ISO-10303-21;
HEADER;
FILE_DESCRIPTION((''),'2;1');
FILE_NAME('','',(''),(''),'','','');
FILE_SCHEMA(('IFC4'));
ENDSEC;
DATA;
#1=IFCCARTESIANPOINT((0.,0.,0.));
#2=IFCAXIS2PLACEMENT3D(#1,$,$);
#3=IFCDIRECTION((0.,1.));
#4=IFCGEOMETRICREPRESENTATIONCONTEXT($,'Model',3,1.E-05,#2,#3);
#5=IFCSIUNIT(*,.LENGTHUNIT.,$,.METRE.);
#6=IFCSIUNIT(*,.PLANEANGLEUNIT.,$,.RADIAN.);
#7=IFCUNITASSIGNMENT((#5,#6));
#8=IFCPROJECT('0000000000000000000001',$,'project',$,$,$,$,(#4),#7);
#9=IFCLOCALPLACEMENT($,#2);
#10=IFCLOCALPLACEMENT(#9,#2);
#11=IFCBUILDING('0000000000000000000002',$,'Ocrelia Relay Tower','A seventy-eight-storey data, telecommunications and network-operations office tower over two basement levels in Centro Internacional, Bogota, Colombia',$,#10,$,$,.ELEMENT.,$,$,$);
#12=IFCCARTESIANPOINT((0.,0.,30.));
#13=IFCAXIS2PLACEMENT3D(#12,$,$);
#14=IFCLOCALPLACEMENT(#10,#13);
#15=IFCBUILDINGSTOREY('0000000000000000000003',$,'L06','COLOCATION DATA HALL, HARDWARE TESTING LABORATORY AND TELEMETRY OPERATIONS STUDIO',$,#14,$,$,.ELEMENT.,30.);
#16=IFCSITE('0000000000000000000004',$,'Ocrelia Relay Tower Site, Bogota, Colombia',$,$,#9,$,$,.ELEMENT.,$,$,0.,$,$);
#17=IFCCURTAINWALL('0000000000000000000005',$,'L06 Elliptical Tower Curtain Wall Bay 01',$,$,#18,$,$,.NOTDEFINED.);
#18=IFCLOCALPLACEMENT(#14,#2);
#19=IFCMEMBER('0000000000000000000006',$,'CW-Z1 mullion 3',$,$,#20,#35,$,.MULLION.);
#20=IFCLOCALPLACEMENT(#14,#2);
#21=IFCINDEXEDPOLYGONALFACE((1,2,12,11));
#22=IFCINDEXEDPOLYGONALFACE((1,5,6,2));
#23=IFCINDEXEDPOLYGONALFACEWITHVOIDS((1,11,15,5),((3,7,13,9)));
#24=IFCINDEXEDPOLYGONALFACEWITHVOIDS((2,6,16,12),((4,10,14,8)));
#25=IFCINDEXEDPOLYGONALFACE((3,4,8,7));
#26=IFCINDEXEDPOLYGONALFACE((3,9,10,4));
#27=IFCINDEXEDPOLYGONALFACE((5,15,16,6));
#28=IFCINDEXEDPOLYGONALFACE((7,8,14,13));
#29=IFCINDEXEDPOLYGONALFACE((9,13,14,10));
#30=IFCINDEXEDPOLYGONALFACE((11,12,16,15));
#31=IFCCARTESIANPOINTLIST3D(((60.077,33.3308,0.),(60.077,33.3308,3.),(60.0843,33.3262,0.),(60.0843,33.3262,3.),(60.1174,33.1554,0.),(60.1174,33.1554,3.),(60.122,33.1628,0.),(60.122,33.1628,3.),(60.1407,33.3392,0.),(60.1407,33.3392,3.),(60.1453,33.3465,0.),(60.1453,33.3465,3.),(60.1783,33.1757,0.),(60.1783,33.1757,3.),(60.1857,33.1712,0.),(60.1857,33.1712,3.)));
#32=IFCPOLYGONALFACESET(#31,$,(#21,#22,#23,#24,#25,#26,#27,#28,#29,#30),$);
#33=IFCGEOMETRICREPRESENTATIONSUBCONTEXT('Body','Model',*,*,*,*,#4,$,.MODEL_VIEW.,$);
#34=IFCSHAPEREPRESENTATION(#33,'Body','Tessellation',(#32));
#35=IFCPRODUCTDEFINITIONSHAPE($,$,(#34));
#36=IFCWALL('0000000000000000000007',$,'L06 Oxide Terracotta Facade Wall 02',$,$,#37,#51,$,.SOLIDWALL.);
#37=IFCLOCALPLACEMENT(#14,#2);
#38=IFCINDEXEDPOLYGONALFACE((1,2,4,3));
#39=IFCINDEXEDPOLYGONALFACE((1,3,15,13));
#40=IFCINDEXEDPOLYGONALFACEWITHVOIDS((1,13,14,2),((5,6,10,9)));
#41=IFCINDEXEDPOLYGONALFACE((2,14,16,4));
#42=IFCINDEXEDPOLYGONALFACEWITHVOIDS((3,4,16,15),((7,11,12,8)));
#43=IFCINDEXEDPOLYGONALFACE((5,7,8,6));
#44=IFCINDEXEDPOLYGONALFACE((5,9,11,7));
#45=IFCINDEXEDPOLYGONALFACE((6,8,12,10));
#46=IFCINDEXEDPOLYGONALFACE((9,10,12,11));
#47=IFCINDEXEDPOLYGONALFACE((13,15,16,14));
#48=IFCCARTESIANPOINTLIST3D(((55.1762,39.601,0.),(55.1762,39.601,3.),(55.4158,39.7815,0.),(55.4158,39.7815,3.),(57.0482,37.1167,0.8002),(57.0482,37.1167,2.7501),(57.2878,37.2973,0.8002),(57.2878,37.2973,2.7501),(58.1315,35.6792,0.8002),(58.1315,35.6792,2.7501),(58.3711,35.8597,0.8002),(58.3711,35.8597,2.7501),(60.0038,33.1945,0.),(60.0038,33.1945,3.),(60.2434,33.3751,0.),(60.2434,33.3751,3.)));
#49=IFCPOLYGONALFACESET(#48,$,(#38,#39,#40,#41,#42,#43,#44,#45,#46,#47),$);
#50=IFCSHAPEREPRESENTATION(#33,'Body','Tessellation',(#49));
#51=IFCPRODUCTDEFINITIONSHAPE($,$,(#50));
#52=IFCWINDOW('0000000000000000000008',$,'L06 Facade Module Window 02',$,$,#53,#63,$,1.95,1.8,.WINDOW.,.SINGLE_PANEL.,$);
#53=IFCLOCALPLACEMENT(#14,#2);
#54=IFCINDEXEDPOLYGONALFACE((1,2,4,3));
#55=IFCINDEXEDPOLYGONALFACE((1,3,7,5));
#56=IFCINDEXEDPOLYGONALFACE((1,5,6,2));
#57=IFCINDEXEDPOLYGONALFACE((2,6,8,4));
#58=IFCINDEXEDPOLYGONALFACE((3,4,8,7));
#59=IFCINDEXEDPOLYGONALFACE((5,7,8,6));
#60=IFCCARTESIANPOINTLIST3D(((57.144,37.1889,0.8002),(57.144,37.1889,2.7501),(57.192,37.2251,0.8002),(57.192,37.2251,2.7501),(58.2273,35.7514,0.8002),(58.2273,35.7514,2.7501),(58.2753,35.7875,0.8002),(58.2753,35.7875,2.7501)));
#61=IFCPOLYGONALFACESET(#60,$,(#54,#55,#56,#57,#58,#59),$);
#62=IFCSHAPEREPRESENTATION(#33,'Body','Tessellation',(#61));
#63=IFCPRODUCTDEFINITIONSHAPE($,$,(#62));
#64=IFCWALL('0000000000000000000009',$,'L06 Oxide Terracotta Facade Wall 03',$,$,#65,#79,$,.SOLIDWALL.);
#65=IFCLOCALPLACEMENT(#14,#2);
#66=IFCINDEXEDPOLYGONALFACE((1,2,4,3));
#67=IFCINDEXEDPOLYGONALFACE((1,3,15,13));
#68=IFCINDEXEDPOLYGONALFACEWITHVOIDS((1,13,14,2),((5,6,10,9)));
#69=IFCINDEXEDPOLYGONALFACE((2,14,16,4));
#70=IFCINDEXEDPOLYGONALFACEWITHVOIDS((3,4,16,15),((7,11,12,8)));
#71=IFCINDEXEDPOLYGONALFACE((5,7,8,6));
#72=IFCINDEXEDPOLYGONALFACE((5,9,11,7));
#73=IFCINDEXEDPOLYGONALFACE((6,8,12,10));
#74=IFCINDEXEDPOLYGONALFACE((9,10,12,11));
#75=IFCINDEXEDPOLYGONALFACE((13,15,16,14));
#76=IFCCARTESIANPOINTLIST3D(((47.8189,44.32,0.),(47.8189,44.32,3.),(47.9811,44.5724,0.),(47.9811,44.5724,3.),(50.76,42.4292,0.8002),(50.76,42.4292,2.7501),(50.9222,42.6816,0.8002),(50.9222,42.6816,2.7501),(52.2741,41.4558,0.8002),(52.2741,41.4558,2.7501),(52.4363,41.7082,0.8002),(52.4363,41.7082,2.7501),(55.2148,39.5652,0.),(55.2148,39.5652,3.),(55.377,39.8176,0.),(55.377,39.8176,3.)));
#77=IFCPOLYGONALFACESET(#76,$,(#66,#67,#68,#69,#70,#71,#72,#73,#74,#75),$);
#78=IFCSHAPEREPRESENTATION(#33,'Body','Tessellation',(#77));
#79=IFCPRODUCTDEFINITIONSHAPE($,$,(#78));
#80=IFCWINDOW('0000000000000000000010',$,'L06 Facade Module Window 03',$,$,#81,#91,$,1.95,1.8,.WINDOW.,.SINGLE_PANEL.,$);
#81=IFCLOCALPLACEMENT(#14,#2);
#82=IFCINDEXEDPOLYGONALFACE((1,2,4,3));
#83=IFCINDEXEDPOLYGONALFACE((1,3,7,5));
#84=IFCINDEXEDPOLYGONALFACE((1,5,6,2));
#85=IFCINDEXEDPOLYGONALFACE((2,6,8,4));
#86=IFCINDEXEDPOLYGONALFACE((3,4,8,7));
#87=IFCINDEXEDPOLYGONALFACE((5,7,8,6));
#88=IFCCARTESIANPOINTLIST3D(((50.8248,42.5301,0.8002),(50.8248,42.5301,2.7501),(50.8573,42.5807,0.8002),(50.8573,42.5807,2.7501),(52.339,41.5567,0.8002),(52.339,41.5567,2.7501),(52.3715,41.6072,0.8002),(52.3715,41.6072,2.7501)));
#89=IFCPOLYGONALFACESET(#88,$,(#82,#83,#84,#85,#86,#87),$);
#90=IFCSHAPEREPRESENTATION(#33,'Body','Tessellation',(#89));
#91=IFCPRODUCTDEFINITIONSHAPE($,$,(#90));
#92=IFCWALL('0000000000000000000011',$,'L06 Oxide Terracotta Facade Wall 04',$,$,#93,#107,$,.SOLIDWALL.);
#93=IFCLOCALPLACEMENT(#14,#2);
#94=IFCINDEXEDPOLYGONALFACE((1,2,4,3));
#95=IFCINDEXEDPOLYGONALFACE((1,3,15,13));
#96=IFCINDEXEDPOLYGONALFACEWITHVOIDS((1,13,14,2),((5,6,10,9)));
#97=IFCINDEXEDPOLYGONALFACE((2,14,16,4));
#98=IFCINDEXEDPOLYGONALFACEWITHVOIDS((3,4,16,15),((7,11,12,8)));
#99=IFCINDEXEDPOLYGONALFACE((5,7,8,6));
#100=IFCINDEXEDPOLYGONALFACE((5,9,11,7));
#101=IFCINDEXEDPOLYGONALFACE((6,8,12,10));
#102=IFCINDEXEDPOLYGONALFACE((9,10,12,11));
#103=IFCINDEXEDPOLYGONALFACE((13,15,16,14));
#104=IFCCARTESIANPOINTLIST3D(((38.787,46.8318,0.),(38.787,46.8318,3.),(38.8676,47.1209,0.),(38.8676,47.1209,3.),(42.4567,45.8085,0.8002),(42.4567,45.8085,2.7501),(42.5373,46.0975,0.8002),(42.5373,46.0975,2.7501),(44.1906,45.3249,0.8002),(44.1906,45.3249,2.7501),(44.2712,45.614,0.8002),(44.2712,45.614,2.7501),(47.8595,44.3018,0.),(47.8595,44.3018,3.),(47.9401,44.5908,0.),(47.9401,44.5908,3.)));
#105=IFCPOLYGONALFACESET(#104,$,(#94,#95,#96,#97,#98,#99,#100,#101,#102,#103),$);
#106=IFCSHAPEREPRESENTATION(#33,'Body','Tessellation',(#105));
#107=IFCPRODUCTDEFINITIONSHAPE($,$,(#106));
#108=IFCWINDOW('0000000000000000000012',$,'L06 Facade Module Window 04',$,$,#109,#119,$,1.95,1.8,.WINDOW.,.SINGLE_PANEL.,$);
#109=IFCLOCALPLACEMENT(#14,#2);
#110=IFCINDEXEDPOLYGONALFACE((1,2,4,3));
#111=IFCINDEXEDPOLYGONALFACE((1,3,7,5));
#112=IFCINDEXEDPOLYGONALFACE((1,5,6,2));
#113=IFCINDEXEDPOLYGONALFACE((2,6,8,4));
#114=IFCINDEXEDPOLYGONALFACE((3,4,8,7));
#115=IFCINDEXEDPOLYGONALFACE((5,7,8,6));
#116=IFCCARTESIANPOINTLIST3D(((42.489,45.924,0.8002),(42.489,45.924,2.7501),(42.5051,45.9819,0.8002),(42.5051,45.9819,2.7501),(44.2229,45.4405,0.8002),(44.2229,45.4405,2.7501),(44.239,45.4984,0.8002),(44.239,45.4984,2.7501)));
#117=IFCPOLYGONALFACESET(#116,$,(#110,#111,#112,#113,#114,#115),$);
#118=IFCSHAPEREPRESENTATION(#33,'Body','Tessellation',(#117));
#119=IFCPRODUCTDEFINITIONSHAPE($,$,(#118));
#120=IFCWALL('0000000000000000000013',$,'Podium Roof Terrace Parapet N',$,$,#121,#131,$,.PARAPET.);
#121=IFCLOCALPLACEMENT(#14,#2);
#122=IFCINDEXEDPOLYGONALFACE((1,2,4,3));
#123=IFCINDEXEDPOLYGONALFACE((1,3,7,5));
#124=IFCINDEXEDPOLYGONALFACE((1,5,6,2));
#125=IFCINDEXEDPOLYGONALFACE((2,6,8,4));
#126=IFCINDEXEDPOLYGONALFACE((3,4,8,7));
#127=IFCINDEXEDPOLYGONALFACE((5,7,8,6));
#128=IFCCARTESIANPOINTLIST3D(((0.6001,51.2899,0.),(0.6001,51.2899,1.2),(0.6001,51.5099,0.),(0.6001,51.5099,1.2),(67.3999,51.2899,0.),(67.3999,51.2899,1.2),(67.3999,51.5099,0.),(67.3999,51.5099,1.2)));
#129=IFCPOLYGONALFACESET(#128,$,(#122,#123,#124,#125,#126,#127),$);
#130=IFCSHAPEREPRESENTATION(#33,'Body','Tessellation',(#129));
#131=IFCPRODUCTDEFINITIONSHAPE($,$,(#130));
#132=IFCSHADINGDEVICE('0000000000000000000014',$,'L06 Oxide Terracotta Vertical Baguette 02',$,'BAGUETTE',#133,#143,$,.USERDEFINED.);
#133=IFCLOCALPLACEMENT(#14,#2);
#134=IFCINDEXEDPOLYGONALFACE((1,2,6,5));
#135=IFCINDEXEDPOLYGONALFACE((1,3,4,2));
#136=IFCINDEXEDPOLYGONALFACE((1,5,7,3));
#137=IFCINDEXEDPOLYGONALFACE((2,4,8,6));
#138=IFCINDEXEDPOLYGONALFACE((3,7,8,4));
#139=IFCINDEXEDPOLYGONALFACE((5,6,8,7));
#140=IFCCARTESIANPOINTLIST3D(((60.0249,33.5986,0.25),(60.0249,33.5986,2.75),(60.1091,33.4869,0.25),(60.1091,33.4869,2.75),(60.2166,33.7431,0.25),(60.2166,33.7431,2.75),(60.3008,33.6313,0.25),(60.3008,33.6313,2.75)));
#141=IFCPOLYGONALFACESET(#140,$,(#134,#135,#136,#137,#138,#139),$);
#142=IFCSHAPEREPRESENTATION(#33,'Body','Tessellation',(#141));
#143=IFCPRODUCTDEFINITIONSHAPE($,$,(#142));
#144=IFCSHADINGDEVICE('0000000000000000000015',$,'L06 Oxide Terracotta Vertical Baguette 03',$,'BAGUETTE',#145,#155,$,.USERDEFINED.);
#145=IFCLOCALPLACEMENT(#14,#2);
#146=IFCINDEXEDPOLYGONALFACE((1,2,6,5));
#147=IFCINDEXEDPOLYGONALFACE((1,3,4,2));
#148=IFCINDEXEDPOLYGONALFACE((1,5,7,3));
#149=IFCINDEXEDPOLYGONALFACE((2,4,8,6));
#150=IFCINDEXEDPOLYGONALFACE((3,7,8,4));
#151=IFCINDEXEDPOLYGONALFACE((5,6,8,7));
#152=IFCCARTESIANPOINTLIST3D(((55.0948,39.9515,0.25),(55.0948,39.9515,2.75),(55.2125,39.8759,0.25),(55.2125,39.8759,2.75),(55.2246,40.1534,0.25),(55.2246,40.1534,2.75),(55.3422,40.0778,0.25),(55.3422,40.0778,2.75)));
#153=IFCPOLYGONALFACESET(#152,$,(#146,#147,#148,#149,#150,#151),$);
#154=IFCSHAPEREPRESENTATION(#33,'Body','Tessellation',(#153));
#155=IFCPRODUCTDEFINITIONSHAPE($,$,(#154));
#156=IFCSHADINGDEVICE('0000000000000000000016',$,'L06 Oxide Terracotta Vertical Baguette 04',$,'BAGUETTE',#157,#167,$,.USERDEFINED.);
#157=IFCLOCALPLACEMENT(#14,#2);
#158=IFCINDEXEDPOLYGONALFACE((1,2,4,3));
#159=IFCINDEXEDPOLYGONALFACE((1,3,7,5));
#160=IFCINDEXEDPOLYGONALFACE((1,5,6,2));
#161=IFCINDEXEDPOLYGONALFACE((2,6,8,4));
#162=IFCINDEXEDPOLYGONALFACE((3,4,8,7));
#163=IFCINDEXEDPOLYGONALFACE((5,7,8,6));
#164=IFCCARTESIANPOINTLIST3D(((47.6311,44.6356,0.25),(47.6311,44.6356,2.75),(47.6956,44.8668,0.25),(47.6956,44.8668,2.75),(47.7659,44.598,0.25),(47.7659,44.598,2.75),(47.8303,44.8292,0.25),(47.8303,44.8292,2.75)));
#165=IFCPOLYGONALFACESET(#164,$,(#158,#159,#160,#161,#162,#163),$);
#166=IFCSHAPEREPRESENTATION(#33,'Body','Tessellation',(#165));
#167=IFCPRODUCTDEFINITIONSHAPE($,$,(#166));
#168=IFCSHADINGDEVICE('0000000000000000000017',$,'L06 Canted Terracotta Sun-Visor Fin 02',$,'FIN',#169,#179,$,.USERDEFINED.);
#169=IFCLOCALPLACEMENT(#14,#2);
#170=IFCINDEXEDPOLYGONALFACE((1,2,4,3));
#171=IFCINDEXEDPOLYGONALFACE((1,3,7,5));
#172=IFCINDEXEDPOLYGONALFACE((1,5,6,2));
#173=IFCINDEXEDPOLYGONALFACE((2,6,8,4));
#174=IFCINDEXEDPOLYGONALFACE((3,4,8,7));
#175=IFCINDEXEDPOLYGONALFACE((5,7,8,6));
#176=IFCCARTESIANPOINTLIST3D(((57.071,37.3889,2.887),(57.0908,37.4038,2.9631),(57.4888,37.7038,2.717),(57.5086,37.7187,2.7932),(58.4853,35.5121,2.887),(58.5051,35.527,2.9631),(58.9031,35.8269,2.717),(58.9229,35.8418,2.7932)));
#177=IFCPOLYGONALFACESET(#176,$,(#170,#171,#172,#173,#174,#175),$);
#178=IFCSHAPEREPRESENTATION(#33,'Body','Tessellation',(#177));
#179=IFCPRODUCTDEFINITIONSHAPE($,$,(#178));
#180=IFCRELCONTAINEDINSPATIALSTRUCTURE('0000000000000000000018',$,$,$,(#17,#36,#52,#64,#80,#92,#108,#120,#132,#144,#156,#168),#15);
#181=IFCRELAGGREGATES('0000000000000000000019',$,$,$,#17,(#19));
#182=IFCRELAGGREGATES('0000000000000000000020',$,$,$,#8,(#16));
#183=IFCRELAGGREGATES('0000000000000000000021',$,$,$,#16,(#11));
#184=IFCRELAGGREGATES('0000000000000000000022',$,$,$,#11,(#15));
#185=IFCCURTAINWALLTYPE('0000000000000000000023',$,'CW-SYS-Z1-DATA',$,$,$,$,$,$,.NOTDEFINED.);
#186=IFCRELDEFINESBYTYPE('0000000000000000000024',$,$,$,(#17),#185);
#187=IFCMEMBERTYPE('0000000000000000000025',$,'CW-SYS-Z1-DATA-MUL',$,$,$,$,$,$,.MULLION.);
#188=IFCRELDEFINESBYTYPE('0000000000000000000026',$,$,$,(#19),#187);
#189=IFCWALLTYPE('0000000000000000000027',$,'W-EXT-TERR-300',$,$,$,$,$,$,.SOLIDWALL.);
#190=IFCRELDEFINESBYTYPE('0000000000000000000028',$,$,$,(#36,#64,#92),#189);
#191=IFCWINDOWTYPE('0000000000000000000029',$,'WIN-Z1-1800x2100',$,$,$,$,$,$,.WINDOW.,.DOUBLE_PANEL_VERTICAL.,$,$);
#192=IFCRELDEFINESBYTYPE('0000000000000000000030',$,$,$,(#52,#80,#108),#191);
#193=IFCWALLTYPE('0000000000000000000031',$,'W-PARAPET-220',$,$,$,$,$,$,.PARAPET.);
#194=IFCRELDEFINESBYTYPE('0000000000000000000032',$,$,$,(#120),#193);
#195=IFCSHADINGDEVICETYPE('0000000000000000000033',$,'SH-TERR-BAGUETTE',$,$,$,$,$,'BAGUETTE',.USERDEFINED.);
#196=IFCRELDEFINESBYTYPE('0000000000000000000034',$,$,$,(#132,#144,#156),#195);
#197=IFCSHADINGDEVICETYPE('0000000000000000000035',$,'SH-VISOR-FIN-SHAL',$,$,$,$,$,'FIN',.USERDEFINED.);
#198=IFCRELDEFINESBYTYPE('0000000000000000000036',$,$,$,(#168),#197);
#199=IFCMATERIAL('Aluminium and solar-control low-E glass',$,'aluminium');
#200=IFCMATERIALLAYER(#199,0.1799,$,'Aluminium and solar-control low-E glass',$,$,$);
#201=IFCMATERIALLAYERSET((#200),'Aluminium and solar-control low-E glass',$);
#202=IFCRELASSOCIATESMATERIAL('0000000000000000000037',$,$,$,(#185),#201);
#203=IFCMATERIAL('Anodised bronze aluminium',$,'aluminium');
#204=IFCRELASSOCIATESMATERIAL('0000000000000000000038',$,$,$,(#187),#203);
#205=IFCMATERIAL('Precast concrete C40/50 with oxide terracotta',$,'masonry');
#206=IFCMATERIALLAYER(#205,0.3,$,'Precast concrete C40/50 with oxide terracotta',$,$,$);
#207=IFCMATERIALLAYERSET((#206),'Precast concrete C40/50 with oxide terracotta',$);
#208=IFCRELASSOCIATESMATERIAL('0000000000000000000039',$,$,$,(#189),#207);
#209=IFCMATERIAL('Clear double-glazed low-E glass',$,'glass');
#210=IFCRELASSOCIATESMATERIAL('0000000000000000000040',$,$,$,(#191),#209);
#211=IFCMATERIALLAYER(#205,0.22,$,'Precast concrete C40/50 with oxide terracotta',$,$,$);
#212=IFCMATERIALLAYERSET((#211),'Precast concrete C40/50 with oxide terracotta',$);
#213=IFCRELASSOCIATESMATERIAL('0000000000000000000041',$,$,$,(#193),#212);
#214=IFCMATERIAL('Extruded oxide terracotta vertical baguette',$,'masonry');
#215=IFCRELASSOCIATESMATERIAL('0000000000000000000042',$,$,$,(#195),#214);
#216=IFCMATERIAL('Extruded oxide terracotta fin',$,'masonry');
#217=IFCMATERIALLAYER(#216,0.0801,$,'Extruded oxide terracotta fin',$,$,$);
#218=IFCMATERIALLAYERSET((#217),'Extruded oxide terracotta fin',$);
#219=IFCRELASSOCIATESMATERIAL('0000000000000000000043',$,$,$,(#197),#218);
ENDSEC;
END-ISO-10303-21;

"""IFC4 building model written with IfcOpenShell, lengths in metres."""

from ifc_helpers import new_model, si_unit, direction, frame, frame_2d, origin, origin_2d, place, context, subcontext, project, spatial, rectangle, hollow_rectangle, extrude, material, layer, layer_set, material_profile, profile_set, type_object, element, fill, aggregate, save


model = new_model("IFC4")

# Units and contexts
model_context = context("Model", 3, precision=1e-05, world=origin(), true_north=direction((0.0, 1.0)))
body_context = subcontext(model_context, "Body", "Model", "MODEL_VIEW")
ifc_project = project(units=[si_unit("LENGTHUNIT", "METRE"), si_unit("PLANEANGLEUNIT", "RADIAN")], contexts=[model_context])

# Site, building, storey
site_placement = place(None, origin())
site = spatial("IfcSite", under=ifc_project, at=site_placement, Name="Ocrelia Relay Tower Site, Bogota, Colombia", CompositionType="ELEMENT", RefElevation=0.0)
building_placement = place(site_placement, origin())
building = spatial("IfcBuilding", under=site, at=building_placement, Name="Ocrelia Relay Tower", Description="A seventy-eight-storey data, telecommunications and network-operations office tower over two basement levels in Centro Internacional, Bogota, Colombia", CompositionType="ELEMENT")
storey_placement = place(building_placement, frame((0.0, 0.0, 30.0)))
storey = spatial("IfcBuildingStorey", under=building, at=storey_placement, Name="L06", Description="COLOCATION DATA HALL, HARDWARE TESTING LABORATORY AND TELEMETRY OPERATIONS STUDIO", CompositionType="ELEMENT", Elevation=30.0)

# Curtain wall, member
ifc_material_1 = material(Name="Aluminium and solar-control low-E glass", Category="aluminium")
ifc_layer_1 = layer(ifc_material_1, 0.1799, Name="Aluminium and solar-control low-E glass")
ifc_layer_set_1 = layer_set([ifc_layer_1], Name="Aluminium and solar-control low-E glass")
curtain_wall_type = type_object("IfcCurtainWallType", Name="CW-SYS-Z1-DATA", PredefinedType="NOTDEFINED", material=ifc_layer_set_1)
curtain_wall_placement = place(storey_placement, origin())
curtain_wall = element("IfcCurtainWall", 1, at=curtain_wall_placement, inside=storey, type_object=curtain_wall_type, Name="L06 Elliptical Tower Curtain Wall Bay 01", PredefinedType="NOTDEFINED")
ifc_material_2 = material(Name="Anodised bronze aluminium", Category="aluminium")
ifc_material_profile_1 = material_profile(ifc_material_2, hollow_rectangle(XDim=0.0701, YDim=0.1799, WallThickness=0.0061, at=origin_2d()), Name="CW-MUL-180x70")
ifc_profile_set_1 = profile_set([ifc_material_profile_1], Name="Anodised bronze aluminium")
member_type = type_object("IfcMemberType", Name="CW-SYS-Z1-DATA-MUL", PredefinedType="MULLION", material=ifc_profile_set_1)
member_placement = place(storey_placement, frame((60.1313, 33.251, 0.0), z_axis=(0.0, 0.0, 1.0), x_axis=(-0.974527, -0.224268, 0.0)))
member = element("IfcMember", 2, at=member_placement, type_object=member_type, Name="CW-Z1 mullion 3", PredefinedType="MULLION", context=body_context, shape_type="SweptSolid", body=[
    extrude(hollow_rectangle(XDim=0.0701, YDim=0.1799, WallThickness=0.0061, at=origin_2d()), origin(), (0.0, 0.0, 1.0), 3.0),
])
aggregate(curtain_wall, [member])

# Walls, openings, windows
ifc_material_3 = material(Name="Precast concrete C40/50 with oxide terracotta", Category="masonry")
ifc_layer_2 = layer(ifc_material_3, 0.3, Name="Precast concrete C40/50 with oxide terracotta")
ifc_layer_set_2 = layer_set([ifc_layer_2], Name="Precast concrete C40/50 with oxide terracotta")
wall_type_1 = type_object("IfcWallType", Name="W-EXT-TERR-300", PredefinedType="SOLIDWALL", material=ifc_layer_set_2)
wall_1_placement = place(storey_placement, frame((60.1235, 33.2849, 0.0), z_axis=(0.0, 0.0, 1.0), x_axis=(-0.601815, 0.798636, 0.0)))
wall_1 = element("IfcWall", 3, at=wall_1_placement, inside=storey, type_object=wall_type_1, Name="L06 Oxide Terracotta Facade Wall 02", PredefinedType="SOLIDWALL", context=body_context, shape_type="SweptSolid", body=[
    extrude(rectangle(XDim=8.0217, YDim=0.3, at=frame_2d((4.0107, 0.0))), origin(), (0.0, 0.0, 1.0), 3.0),
])
opening_1_placement = place(wall_1_placement, frame((3.1111, 0.0, 0.8)))
opening_1 = element("IfcOpeningElement", 4, at=opening_1_placement, cuts=wall_1, PredefinedType="OPENING", context=body_context, shape_type="SweptSolid", body=[
    extrude(rectangle(XDim=1.8, YDim=1.95, at=frame_2d((0.8999, 0.9751))), frame((0.0, 0.1602, 0.0), z_axis=(0.0, -1.0, 0.0), x_axis=(1.0, 0.0, 0.0)), (0.0, 0.0, 1.0), 0.3201),
])
ifc_material_4 = material(Name="Clear double-glazed low-E glass", Category="glass")
window_type = type_object("IfcWindowType", Name="WIN-Z1-1800x2100", PartitioningType="DOUBLE_PANEL_VERTICAL", PredefinedType="WINDOW", material=ifc_material_4)
window_1_placement = place(opening_1_placement, origin())
window_1 = element("IfcWindow", 5, at=window_1_placement, inside=storey, type_object=window_type, Name="L06 Facade Module Window 02", OverallHeight=1.95, OverallWidth=1.8, PartitioningType="SINGLE_PANEL", PredefinedType="WINDOW", context=body_context, shape_type="SweptSolid", body=[
    extrude(rectangle(XDim=1.8, YDim=1.95, at=frame_2d((0.8999, 0.9751))), frame((0.0, 0.03, 0.0), z_axis=(0.0, -1.0, 0.0), x_axis=(1.0, 0.0, 0.0)), (0.0, 0.0, 1.0), 0.0601),
])
fill(opening_1, window_1)
wall_2_placement = place(storey_placement, frame((55.2959, 39.6914, 0.0), z_axis=(0.0, 0.0, 1.0), x_axis=(-0.841162, 0.540783, 0.0)))
wall_2 = element("IfcWall", 6, at=wall_2_placement, inside=storey, type_object=wall_type_1, Name="L06 Oxide Terracotta Facade Wall 03", PredefinedType="SOLIDWALL", context=body_context, shape_type="SweptSolid", body=[
    extrude(rectangle(XDim=8.7925, YDim=0.3, at=frame_2d((4.3962, 0.0))), origin(), (0.0, 0.0, 1.0), 3.0),
])
opening_2_placement = place(wall_2_placement, frame((3.4961, 0.0, 0.8)))
opening_2 = element("IfcOpeningElement", 7, at=opening_2_placement, cuts=wall_2, PredefinedType="OPENING", context=body_context, shape_type="SweptSolid", body=[
    extrude(rectangle(XDim=1.8, YDim=1.95, at=frame_2d((0.8999, 0.9751))), frame((0.0, 0.1602, 0.0), z_axis=(0.0, -1.0, 0.0), x_axis=(1.0, 0.0, 0.0)), (0.0, 0.0, 1.0), 0.3201),
])
window_2_placement = place(opening_2_placement, origin())
window_2 = element("IfcWindow", 8, at=window_2_placement, inside=storey, type_object=window_type, Name="L06 Facade Module Window 03", OverallHeight=1.95, OverallWidth=1.8, PartitioningType="SINGLE_PANEL", PredefinedType="WINDOW", context=body_context, shape_type="SweptSolid", body=[
    extrude(rectangle(XDim=1.8, YDim=1.95, at=frame_2d((0.8999, 0.9751))), frame((0.0, 0.03, 0.0), z_axis=(0.0, -1.0, 0.0), x_axis=(1.0, 0.0, 0.0)), (0.0, 0.0, 1.0), 0.0601),
])
fill(opening_2, window_2)
wall_3_placement = place(storey_placement, frame((47.8999, 44.4463, 0.0), z_axis=(0.0, 0.0, 1.0), x_axis=(-0.963247, 0.268618, 0.0)))
wall_3 = element("IfcWall", 9, at=wall_3_placement, inside=storey, type_object=wall_type_1, Name="L06 Oxide Terracotta Facade Wall 04", PredefinedType="SOLIDWALL", context=body_context, shape_type="SweptSolid", body=[
    extrude(rectangle(XDim=9.4187, YDim=0.3, at=frame_2d((4.7095, 0.0))), origin(), (0.0, 0.0, 1.0), 3.0),
])
opening_3_placement = place(wall_3_placement, frame((3.8091, 0.0, 0.8)))
opening_3 = element("IfcOpeningElement", 10, at=opening_3_placement, cuts=wall_3, PredefinedType="OPENING", context=body_context, shape_type="SweptSolid", body=[
    extrude(rectangle(XDim=1.8, YDim=1.95, at=frame_2d((0.8999, 0.9751))), frame((0.0, 0.1602, 0.0), z_axis=(0.0, -1.0, 0.0), x_axis=(1.0, 0.0, 0.0)), (0.0, 0.0, 1.0), 0.3201),
])
window_3_placement = place(opening_3_placement, origin())
window_3 = element("IfcWindow", 11, at=window_3_placement, inside=storey, type_object=window_type, Name="L06 Facade Module Window 04", OverallHeight=1.95, OverallWidth=1.8, PartitioningType="SINGLE_PANEL", PredefinedType="WINDOW", context=body_context, shape_type="SweptSolid", body=[
    extrude(rectangle(XDim=1.8, YDim=1.95, at=frame_2d((0.8999, 0.9751))), frame((0.0, 0.03, 0.0), z_axis=(0.0, -1.0, 0.0), x_axis=(1.0, 0.0, 0.0)), (0.0, 0.0, 1.0), 0.0601),
])
fill(opening_3, window_3)

# Wall
ifc_layer_3 = layer(ifc_material_3, 0.22, Name="Precast concrete C40/50 with oxide terracotta")
ifc_layer_set_3 = layer_set([ifc_layer_3], Name="Precast concrete C40/50 with oxide terracotta")
wall_type_2 = type_object("IfcWallType", Name="W-PARAPET-220", PredefinedType="PARAPET", material=ifc_layer_set_3)
wall_4_placement = place(storey_placement, frame((67.3999, 51.3999, 0.0), z_axis=(0.0, 0.0, 1.0), x_axis=(-1.0, 0.0, 0.0)))
element("IfcWall", 12, at=wall_4_placement, inside=storey, type_object=wall_type_2, Name="Podium Roof Terrace Parapet N", PredefinedType="PARAPET", context=body_context, shape_type="SweptSolid", body=[
    extrude(rectangle(XDim=66.7998, YDim=0.22, at=frame_2d((33.3999, 0.0))), origin(), (0.0, 0.0, 1.0), 1.2),
])

# Shading devices
ifc_material_5 = material(Name="Extruded oxide terracotta vertical baguette", Category="masonry")
shading_device_type_1 = type_object("IfcShadingDeviceType", Name="SH-TERR-BAGUETTE", ElementType="BAGUETTE", PredefinedType="USERDEFINED", material=ifc_material_5)
for number, where, z_axis, x_axis, name in (
    (13, (60.1628, 33.615, 0.25), (0.0, 0.0, 1.0), (-0.60181, 0.79864, 0.0), "L06 Oxide Terracotta Vertical Baguette 02"),
    (14, (55.2185, 40.0146, 0.25), (0.0, 0.0, 1.0), (-0.841161, 0.540784, 0.0), "L06 Oxide Terracotta Vertical Baguette 03"),
    (15, (47.7307, 44.7324, 0.25), (0.0, 0.0, 1.0), (-0.963245, 0.268623, 0.0), "L06 Oxide Terracotta Vertical Baguette 04"),
):
    element("IfcShadingDevice", number, at=place(storey_placement, frame(where, z_axis=z_axis, x_axis=x_axis)), inside=storey, type_object=shading_device_type_1, Name=name, ObjectType="BAGUETTE", PredefinedType="USERDEFINED", context=body_context, shape_type="SweptSolid", body=[
        extrude(rectangle(XDim=0.1399, YDim=0.24, at=origin_2d()), origin(), (0.0, 0.0, 1.0), 2.5),
    ])
ifc_material_6 = material(Name="Extruded oxide terracotta fin", Category="masonry")
ifc_layer_4 = layer(ifc_material_6, 0.0801, Name="Extruded oxide terracotta fin")
ifc_layer_set_4 = layer_set([ifc_layer_4], Name="Extruded oxide terracotta fin")
shading_device_type_2 = type_object("IfcShadingDeviceType", Name="SH-VISOR-FIN-SHAL", ElementType="FIN", PredefinedType="USERDEFINED", material=ifc_layer_set_4)
shading_device_1_placement = place(storey_placement, frame((57.9871, 36.6079, 2.802), z_axis=(0.246793, 0.185969, 0.951057), x_axis=(-0.60181, 0.79864, 0.0)))
element("IfcShadingDevice", 16, at=shading_device_1_placement, inside=storey, type_object=shading_device_type_2, Name="L06 Canted Terracotta Sun-Visor Fin 02", ObjectType="FIN", PredefinedType="USERDEFINED", context=body_context, shape_type="SweptSolid", body=[
    extrude(rectangle(XDim=2.3501, YDim=0.55, at=origin_2d()), origin(), (0.0, 0.0, 1.0), 0.0801),
])

save(model, "model.ifc")
